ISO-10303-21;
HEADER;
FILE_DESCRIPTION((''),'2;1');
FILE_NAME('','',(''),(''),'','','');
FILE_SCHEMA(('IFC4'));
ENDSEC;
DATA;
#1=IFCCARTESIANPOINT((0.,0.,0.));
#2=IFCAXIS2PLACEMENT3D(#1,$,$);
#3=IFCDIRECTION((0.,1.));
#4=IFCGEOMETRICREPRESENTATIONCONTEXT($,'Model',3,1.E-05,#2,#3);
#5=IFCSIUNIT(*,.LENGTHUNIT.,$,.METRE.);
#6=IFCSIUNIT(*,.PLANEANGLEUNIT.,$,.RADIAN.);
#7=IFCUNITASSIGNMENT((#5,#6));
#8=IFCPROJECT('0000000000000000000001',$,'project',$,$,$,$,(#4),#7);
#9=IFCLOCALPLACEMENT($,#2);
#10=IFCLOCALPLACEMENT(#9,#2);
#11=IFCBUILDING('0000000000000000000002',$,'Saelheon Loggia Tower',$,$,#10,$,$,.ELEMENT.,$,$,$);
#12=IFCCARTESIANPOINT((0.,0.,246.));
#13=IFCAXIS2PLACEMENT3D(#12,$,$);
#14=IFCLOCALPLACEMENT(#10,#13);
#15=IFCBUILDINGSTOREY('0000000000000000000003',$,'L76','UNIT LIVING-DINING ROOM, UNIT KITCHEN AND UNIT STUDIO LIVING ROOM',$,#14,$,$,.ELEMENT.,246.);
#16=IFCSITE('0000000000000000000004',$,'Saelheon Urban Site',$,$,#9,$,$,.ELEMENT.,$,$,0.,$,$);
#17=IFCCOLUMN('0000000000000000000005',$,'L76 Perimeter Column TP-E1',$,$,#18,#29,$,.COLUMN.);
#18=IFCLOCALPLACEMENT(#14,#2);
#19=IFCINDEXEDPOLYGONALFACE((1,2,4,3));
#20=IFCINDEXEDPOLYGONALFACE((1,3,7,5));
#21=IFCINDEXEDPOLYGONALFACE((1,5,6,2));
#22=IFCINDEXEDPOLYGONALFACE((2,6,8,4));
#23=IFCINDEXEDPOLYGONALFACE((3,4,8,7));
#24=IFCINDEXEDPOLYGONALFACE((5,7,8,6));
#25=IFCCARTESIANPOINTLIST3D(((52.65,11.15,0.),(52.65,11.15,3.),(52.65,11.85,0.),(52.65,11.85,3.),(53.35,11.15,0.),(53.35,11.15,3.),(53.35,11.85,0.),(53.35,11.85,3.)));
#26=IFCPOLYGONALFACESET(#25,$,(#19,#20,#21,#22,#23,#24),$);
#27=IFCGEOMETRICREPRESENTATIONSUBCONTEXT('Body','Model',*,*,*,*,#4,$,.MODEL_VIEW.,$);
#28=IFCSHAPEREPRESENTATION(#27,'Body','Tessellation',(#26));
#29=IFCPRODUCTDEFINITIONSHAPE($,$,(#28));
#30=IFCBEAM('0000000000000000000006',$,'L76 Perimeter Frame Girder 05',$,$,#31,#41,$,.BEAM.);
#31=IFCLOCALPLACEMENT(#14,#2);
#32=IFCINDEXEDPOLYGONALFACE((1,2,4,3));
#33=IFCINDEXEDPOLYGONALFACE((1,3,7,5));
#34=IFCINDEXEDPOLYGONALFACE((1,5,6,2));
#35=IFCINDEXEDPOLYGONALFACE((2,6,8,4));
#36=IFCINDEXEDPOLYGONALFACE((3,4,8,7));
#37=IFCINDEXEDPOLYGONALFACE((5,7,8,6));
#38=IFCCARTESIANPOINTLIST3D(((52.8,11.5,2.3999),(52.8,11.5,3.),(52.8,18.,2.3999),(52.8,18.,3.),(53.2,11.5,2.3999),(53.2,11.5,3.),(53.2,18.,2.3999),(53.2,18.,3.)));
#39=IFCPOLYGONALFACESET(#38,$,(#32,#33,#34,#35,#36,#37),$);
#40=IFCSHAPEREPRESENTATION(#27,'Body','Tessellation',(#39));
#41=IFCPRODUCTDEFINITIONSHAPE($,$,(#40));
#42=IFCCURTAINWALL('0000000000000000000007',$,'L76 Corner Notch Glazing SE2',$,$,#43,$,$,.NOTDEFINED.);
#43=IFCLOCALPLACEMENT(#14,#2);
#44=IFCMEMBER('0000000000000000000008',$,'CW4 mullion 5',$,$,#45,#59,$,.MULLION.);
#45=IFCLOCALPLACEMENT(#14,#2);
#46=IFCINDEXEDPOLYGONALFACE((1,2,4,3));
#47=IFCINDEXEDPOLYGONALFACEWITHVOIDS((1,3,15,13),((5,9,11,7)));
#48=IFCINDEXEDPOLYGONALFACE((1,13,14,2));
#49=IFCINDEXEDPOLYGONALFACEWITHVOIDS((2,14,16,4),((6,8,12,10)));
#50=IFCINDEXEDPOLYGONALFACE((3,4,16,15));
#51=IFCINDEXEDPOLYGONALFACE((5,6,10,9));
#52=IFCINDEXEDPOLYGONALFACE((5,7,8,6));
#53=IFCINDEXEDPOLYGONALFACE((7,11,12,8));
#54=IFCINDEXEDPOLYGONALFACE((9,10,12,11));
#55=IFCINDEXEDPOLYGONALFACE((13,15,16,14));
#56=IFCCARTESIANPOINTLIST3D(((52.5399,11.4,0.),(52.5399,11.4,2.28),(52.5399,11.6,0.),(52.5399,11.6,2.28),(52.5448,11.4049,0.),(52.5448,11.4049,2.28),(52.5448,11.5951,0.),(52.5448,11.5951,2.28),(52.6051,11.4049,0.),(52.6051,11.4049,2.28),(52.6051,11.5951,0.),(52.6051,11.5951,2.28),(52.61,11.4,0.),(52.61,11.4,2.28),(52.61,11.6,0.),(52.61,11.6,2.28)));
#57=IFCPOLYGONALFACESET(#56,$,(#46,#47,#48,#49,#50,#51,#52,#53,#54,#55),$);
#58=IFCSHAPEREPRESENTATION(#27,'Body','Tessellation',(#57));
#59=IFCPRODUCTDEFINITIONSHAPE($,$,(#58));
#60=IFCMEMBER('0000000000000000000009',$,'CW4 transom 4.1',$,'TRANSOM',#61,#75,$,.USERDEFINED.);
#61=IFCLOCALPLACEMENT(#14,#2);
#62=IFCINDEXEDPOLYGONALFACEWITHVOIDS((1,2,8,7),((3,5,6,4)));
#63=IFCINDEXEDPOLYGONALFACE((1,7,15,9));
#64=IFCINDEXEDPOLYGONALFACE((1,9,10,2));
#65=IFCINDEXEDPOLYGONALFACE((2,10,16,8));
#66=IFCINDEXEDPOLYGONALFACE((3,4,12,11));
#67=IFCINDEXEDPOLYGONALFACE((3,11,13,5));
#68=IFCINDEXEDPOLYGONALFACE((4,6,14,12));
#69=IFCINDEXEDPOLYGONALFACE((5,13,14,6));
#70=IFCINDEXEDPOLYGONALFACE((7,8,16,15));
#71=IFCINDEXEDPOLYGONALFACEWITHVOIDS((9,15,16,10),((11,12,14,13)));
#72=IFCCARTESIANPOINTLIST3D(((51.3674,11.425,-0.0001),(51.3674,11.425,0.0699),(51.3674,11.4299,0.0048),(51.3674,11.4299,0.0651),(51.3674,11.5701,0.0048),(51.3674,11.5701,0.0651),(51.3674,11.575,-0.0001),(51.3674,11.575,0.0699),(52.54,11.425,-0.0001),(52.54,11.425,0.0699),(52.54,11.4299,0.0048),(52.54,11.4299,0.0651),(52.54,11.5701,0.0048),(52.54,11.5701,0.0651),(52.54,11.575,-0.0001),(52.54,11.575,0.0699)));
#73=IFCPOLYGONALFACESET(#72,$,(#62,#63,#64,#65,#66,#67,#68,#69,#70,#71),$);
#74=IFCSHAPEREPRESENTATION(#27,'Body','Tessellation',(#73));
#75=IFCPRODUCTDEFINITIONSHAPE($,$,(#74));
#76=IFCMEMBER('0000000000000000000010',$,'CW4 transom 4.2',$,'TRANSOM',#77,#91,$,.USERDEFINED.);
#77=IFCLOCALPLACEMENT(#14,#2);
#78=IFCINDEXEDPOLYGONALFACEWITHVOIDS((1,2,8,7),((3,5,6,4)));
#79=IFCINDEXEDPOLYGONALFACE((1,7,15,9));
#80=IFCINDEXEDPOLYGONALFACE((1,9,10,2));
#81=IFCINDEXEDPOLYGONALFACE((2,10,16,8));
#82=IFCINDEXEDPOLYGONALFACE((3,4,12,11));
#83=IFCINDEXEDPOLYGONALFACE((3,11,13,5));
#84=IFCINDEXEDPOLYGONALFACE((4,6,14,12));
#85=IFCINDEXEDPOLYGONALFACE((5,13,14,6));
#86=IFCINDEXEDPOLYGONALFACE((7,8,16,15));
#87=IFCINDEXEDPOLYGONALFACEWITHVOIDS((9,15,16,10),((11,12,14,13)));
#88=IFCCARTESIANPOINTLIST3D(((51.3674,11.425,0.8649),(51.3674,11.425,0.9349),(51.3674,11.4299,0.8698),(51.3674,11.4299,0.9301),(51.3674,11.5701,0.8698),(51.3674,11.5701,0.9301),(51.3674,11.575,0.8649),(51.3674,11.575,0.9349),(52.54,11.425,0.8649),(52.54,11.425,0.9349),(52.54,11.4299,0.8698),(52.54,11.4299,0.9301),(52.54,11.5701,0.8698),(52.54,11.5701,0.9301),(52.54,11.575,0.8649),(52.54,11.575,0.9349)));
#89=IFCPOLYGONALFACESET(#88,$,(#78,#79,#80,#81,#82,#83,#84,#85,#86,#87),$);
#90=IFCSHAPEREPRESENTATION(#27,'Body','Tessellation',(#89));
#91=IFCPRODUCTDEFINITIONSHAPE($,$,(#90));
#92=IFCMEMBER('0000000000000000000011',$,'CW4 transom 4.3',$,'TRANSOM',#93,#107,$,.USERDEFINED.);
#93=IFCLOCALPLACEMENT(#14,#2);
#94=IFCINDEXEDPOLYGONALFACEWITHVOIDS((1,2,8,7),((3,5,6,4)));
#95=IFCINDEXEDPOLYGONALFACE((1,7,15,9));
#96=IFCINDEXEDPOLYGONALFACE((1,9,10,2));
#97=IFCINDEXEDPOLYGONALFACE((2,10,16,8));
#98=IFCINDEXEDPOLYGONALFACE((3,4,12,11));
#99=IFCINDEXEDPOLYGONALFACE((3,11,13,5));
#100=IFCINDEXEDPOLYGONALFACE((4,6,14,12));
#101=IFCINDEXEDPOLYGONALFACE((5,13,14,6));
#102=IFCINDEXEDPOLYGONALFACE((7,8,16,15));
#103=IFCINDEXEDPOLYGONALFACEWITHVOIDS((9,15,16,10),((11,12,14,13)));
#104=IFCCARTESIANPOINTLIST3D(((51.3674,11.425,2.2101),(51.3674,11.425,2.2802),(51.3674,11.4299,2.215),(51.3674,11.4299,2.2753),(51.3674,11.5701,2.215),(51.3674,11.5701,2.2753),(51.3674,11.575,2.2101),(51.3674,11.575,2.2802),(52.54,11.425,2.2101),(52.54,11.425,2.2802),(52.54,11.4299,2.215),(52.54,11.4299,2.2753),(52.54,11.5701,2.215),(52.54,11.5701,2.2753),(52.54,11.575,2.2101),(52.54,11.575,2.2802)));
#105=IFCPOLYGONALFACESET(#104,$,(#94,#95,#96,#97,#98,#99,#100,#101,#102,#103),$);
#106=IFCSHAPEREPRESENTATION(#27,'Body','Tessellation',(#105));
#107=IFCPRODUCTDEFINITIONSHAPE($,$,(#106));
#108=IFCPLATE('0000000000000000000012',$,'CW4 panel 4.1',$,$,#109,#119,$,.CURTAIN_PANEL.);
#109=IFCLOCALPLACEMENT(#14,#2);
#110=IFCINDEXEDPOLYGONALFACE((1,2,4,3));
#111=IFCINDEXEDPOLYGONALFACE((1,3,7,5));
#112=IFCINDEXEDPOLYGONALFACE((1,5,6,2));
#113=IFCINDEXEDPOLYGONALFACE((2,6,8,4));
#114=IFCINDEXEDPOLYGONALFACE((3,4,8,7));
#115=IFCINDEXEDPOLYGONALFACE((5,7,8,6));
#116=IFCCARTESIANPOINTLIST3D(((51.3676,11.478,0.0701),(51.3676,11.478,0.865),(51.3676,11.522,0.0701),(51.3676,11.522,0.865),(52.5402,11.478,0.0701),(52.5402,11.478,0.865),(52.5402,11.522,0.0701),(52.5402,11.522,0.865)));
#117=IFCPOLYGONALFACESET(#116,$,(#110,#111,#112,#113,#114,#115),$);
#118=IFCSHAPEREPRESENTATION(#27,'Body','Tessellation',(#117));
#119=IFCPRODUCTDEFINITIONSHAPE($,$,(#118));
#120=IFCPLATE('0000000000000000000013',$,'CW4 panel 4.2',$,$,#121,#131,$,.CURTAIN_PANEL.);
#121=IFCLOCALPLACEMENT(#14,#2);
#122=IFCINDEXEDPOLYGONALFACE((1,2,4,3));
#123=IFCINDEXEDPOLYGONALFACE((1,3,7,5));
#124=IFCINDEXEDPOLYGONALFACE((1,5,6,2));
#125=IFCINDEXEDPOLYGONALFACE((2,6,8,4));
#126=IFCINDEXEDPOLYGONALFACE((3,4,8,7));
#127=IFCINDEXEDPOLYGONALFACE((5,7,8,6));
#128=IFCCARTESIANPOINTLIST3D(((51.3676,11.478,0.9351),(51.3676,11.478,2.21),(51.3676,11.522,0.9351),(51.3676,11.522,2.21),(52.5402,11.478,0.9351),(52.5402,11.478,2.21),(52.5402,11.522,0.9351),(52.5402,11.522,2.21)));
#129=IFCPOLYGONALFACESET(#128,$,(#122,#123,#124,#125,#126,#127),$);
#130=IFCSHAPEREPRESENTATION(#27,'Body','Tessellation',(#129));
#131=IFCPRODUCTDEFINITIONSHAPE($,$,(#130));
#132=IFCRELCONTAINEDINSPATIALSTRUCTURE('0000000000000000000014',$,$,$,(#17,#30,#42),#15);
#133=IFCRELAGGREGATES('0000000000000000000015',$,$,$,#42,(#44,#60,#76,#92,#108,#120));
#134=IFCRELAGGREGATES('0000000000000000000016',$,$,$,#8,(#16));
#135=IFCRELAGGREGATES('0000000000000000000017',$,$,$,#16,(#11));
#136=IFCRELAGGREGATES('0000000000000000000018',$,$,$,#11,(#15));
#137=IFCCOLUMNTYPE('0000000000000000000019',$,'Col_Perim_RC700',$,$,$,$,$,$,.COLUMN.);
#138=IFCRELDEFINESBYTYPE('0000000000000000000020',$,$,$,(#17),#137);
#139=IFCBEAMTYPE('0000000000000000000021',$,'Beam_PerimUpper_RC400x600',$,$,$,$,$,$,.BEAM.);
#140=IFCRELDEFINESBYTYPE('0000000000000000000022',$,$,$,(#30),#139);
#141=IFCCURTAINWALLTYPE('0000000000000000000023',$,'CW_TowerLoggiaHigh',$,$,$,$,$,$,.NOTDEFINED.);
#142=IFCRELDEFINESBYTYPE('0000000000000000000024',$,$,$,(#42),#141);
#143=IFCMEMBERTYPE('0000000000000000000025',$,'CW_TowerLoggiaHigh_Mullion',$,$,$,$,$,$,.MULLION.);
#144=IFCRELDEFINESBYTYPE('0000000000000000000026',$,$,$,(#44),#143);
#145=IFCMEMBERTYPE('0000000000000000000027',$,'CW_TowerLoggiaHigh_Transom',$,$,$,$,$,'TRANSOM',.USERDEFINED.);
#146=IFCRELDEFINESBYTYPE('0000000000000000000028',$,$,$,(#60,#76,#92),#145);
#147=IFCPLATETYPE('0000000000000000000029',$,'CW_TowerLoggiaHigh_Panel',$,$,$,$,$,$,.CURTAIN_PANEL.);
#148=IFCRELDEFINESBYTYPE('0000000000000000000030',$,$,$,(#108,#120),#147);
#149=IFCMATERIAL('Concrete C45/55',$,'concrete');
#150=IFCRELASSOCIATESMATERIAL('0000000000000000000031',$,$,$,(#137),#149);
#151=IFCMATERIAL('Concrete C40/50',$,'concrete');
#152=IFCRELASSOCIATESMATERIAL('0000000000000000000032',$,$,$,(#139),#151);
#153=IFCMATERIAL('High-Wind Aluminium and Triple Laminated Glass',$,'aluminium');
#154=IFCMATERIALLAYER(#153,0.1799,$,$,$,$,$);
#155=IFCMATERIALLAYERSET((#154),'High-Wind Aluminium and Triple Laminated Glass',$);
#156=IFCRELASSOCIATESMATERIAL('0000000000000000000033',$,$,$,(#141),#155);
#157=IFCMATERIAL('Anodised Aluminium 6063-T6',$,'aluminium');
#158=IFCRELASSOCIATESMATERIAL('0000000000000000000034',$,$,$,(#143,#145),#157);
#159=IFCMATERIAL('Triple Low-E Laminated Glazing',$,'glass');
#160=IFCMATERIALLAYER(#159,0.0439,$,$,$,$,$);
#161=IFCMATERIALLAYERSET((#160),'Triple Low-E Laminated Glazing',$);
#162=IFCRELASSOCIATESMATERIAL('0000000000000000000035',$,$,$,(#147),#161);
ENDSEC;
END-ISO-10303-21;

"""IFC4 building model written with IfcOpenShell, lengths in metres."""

from ifc_helpers import new_model, si_unit, direction, frame, origin, origin_2d, place, context, subcontext, project, spatial, rectangle, hollow_rectangle, extrude, source, transform, mapped, material, layer, layer_set, material_profile, profile_set, type_object, element, aggregate, save


model = new_model("IFC4")

# Units and contexts
model_context = context("Model", 3, precision=1e-05, world=origin(), true_north=direction((0.0, 1.0)))
body_context = subcontext(model_context, "Body", "Model", "MODEL_VIEW")
ifc_project = project(units=[si_unit("LENGTHUNIT", "METRE"), si_unit("PLANEANGLEUNIT", "RADIAN")], contexts=[model_context])

# Site, building, storey
site_placement = place(None, origin())
site = spatial("IfcSite", under=ifc_project, at=site_placement, Name="Saelheon Urban Site", CompositionType="ELEMENT", RefElevation=0.0)
building_placement = place(site_placement, origin())
building = spatial("IfcBuilding", under=site, at=building_placement, Name="Saelheon Loggia Tower", CompositionType="ELEMENT")
storey_placement = place(building_placement, frame((0.0, 0.0, 246.0)))
storey = spatial("IfcBuildingStorey", under=building, at=storey_placement, Name="L76", Description="UNIT LIVING-DINING ROOM, UNIT KITCHEN AND UNIT STUDIO LIVING ROOM", CompositionType="ELEMENT", Elevation=246.0)

# Column
ifc_material_1 = material(Name="Concrete C45/55", Category="concrete")
ifc_material_profile_1 = material_profile(ifc_material_1, rectangle(XDim=0.7, YDim=0.7, at=origin_2d()), Name="RC-700x700")
ifc_profile_set_1 = profile_set([ifc_material_profile_1], Name="Concrete C45/55")
column_type = type_object("IfcColumnType", Name="Col_Perim_RC700", PredefinedType="COLUMN", material=ifc_profile_set_1)
shared_shape_1 = source(origin(), body_context, "Body", "SweptSolid", [
    extrude(rectangle(XDim=0.7, YDim=0.7, at=origin_2d()), origin(), (0.0, 0.0, 1.0), 3.0),
])
column_placement = place(storey_placement, frame((53.0, 11.5, 0.0), z_axis=(0.0, 0.0, 1.0), x_axis=(1.0, 0.0, 0.0)))
element("IfcColumn", 1, at=column_placement, inside=storey, type_object=column_type, Name="L76 Perimeter Column TP-E1", PredefinedType="COLUMN", context=body_context, shape_type="MappedRepresentation", body=[
    mapped(shared_shape_1, transform((0.0, 0.0, 0.0), scale=1.0)),
])

# Beam
ifc_material_2 = material(Name="Concrete C40/50", Category="concrete")
ifc_material_profile_2 = material_profile(ifc_material_2, rectangle(XDim=0.3999, YDim=0.6001, at=origin_2d()), Name="RC-400x600")
ifc_profile_set_2 = profile_set([ifc_material_profile_2], Name="Concrete C40/50")
beam_type = type_object("IfcBeamType", Name="Beam_PerimUpper_RC400x600", PredefinedType="BEAM", material=ifc_profile_set_2)
shared_shape_2 = source(origin(), body_context, "Body", "SweptSolid", [
    extrude(rectangle(XDim=0.3999, YDim=0.6001, at=origin_2d()), origin(), (0.0, 0.0, 1.0), 6.5),
])
beam_placement = place(storey_placement, frame((53.0, 11.5, 2.7), z_axis=(0.0, 1.0, 0.0), x_axis=(-1.0, 0.0, 0.0)))
element("IfcBeam", 2, at=beam_placement, inside=storey, type_object=beam_type, Name="L76 Perimeter Frame Girder 05", PredefinedType="BEAM", context=body_context, shape_type="MappedRepresentation", body=[
    mapped(shared_shape_2, transform((0.0, 0.0, 0.0), scale=1.0)),
])

# Curtain wall, members, plates
ifc_material_3 = material(Name="High-Wind Aluminium and Triple Laminated Glass", Category="aluminium")
ifc_layer_1 = layer(ifc_material_3, 0.1799)
ifc_layer_set_1 = layer_set([ifc_layer_1], Name="High-Wind Aluminium and Triple Laminated Glass")
curtain_wall_type = type_object("IfcCurtainWallType", Name="CW_TowerLoggiaHigh", PredefinedType="NOTDEFINED", material=ifc_layer_set_1)
curtain_wall_placement = place(storey_placement, origin())
curtain_wall = element("IfcCurtainWall", 3, at=curtain_wall_placement, inside=storey, type_object=curtain_wall_type, Name="L76 Corner Notch Glazing SE2", PredefinedType="NOTDEFINED")
ifc_material_4 = material(Name="Anodised Aluminium 6063-T6", Category="aluminium")
ifc_material_profile_3 = material_profile(ifc_material_4, hollow_rectangle(XDim=0.0701, YDim=0.2, WallThickness=0.0049, at=origin_2d()), Name="RHS-200x70x5")
ifc_profile_set_3 = profile_set([ifc_material_profile_3], Name="Anodised Aluminium 6063-T6")
member_type_1 = type_object("IfcMemberType", Name="CW_TowerLoggiaHigh_Mullion", PredefinedType="MULLION", material=ifc_profile_set_3)
shared_shape_3 = source(origin(), body_context, "Body", "SweptSolid", [
    extrude(hollow_rectangle(XDim=0.0701, YDim=0.2, WallThickness=0.0049, at=origin_2d()), origin(), (0.0, 0.0, 1.0), 2.28),
])
member_1_placement = place(storey_placement, frame((52.575, 11.5, 0.0), z_axis=(0.0, 0.0, 1.0), x_axis=(1.0, 0.0, 0.0)))
member_1 = element("IfcMember", 4, at=member_1_placement, type_object=member_type_1, Name="CW4 mullion 5", PredefinedType="MULLION", context=body_context, shape_type="MappedRepresentation", body=[
    mapped(shared_shape_3, transform((0.0, 0.0, 0.0), scale=1.0)),
])
ifc_material_profile_4 = material_profile(ifc_material_4, hollow_rectangle(XDim=0.0701, YDim=0.1499, WallThickness=0.0049, at=origin_2d()), Name="RHS-150x70x5")
ifc_profile_set_4 = profile_set([ifc_material_profile_4], Name="Anodised Aluminium 6063-T6")
member_type_2 = type_object("IfcMemberType", Name="CW_TowerLoggiaHigh_Transom", ElementType="TRANSOM", PredefinedType="USERDEFINED", material=ifc_profile_set_4)
shared_shape_4 = source(origin(), body_context, "Body", "SweptSolid", [
    extrude(hollow_rectangle(XDim=0.0701, YDim=0.1499, WallThickness=0.0049, at=origin_2d()), origin(), (0.0, 0.0, 1.0), 1.1726),
])
member_2_placement = place(storey_placement, frame((51.3674, 11.5, 0.0349), z_axis=(1.0, 0.0, 0.0), x_axis=(0.0, 0.0, 1.0)))
member_2 = element("IfcMember", 5, at=member_2_placement, type_object=member_type_2, Name="CW4 transom 4.1", ObjectType="TRANSOM", PredefinedType="USERDEFINED", context=body_context, shape_type="MappedRepresentation", body=[
    mapped(shared_shape_4, transform((0.0, 0.0, 0.0), scale=1.0)),
])
member_3_placement = place(storey_placement, frame((51.3674, 11.5, 0.8999), z_axis=(1.0, 0.0, 0.0), x_axis=(0.0, 0.0, 1.0)))
member_3 = element("IfcMember", 6, at=member_3_placement, type_object=member_type_2, Name="CW4 transom 4.2", ObjectType="TRANSOM", PredefinedType="USERDEFINED", context=body_context, shape_type="MappedRepresentation", body=[
    mapped(shared_shape_4, transform((0.0, 0.0, 0.0), scale=1.0)),
])
member_4_placement = place(storey_placement, frame((51.3674, 11.5, 2.2451), z_axis=(1.0, 0.0, 0.0), x_axis=(0.0, 0.0, 1.0)))
member_4 = element("IfcMember", 7, at=member_4_placement, type_object=member_type_2, Name="CW4 transom 4.3", ObjectType="TRANSOM", PredefinedType="USERDEFINED", context=body_context, shape_type="MappedRepresentation", body=[
    mapped(shared_shape_4, transform((0.0, 0.0, 0.0), scale=1.0)),
])
ifc_material_5 = material(Name="Triple Low-E Laminated Glazing", Category="glass")
ifc_layer_2 = layer(ifc_material_5, 0.0439)
ifc_layer_set_2 = layer_set([ifc_layer_2], Name="Triple Low-E Laminated Glazing")
plate_type = type_object("IfcPlateType", Name="CW_TowerLoggiaHigh_Panel", PredefinedType="CURTAIN_PANEL", material=ifc_layer_set_2)
shared_shape_5 = source(origin(), body_context, "Body", "SweptSolid", [
    extrude(rectangle(XDim=1.1726, YDim=0.0439, at=origin_2d()), origin(), (0.0, 0.0, 1.0), 0.7949),
])
plate_1_placement = place(storey_placement, frame((51.9539, 11.5, 0.0701), z_axis=(0.0, 0.0, 1.0), x_axis=(1.0, 0.0, 0.0)))
plate_1 = element("IfcPlate", 8, at=plate_1_placement, type_object=plate_type, Name="CW4 panel 4.1", PredefinedType="CURTAIN_PANEL", context=body_context, shape_type="MappedRepresentation", body=[
    mapped(shared_shape_5, transform((0.0, 0.0, 0.0), scale=1.0)),
])
shared_shape_6 = source(origin(), body_context, "Body", "SweptSolid", [
    extrude(rectangle(XDim=1.1726, YDim=0.0439, at=origin_2d()), origin(), (0.0, 0.0, 1.0), 1.2749),
])
plate_2_placement = place(storey_placement, frame((51.9539, 11.5, 0.9351), z_axis=(0.0, 0.0, 1.0), x_axis=(1.0, 0.0, 0.0)))
plate_2 = element("IfcPlate", 9, at=plate_2_placement, type_object=plate_type, Name="CW4 panel 4.2", PredefinedType="CURTAIN_PANEL", context=body_context, shape_type="MappedRepresentation", body=[
    mapped(shared_shape_6, transform((0.0, 0.0, 0.0), scale=1.0)),
])
aggregate(curtain_wall, [member_1, member_2, member_3, member_4, plate_1, plate_2])

save(model, "model.ifc")
